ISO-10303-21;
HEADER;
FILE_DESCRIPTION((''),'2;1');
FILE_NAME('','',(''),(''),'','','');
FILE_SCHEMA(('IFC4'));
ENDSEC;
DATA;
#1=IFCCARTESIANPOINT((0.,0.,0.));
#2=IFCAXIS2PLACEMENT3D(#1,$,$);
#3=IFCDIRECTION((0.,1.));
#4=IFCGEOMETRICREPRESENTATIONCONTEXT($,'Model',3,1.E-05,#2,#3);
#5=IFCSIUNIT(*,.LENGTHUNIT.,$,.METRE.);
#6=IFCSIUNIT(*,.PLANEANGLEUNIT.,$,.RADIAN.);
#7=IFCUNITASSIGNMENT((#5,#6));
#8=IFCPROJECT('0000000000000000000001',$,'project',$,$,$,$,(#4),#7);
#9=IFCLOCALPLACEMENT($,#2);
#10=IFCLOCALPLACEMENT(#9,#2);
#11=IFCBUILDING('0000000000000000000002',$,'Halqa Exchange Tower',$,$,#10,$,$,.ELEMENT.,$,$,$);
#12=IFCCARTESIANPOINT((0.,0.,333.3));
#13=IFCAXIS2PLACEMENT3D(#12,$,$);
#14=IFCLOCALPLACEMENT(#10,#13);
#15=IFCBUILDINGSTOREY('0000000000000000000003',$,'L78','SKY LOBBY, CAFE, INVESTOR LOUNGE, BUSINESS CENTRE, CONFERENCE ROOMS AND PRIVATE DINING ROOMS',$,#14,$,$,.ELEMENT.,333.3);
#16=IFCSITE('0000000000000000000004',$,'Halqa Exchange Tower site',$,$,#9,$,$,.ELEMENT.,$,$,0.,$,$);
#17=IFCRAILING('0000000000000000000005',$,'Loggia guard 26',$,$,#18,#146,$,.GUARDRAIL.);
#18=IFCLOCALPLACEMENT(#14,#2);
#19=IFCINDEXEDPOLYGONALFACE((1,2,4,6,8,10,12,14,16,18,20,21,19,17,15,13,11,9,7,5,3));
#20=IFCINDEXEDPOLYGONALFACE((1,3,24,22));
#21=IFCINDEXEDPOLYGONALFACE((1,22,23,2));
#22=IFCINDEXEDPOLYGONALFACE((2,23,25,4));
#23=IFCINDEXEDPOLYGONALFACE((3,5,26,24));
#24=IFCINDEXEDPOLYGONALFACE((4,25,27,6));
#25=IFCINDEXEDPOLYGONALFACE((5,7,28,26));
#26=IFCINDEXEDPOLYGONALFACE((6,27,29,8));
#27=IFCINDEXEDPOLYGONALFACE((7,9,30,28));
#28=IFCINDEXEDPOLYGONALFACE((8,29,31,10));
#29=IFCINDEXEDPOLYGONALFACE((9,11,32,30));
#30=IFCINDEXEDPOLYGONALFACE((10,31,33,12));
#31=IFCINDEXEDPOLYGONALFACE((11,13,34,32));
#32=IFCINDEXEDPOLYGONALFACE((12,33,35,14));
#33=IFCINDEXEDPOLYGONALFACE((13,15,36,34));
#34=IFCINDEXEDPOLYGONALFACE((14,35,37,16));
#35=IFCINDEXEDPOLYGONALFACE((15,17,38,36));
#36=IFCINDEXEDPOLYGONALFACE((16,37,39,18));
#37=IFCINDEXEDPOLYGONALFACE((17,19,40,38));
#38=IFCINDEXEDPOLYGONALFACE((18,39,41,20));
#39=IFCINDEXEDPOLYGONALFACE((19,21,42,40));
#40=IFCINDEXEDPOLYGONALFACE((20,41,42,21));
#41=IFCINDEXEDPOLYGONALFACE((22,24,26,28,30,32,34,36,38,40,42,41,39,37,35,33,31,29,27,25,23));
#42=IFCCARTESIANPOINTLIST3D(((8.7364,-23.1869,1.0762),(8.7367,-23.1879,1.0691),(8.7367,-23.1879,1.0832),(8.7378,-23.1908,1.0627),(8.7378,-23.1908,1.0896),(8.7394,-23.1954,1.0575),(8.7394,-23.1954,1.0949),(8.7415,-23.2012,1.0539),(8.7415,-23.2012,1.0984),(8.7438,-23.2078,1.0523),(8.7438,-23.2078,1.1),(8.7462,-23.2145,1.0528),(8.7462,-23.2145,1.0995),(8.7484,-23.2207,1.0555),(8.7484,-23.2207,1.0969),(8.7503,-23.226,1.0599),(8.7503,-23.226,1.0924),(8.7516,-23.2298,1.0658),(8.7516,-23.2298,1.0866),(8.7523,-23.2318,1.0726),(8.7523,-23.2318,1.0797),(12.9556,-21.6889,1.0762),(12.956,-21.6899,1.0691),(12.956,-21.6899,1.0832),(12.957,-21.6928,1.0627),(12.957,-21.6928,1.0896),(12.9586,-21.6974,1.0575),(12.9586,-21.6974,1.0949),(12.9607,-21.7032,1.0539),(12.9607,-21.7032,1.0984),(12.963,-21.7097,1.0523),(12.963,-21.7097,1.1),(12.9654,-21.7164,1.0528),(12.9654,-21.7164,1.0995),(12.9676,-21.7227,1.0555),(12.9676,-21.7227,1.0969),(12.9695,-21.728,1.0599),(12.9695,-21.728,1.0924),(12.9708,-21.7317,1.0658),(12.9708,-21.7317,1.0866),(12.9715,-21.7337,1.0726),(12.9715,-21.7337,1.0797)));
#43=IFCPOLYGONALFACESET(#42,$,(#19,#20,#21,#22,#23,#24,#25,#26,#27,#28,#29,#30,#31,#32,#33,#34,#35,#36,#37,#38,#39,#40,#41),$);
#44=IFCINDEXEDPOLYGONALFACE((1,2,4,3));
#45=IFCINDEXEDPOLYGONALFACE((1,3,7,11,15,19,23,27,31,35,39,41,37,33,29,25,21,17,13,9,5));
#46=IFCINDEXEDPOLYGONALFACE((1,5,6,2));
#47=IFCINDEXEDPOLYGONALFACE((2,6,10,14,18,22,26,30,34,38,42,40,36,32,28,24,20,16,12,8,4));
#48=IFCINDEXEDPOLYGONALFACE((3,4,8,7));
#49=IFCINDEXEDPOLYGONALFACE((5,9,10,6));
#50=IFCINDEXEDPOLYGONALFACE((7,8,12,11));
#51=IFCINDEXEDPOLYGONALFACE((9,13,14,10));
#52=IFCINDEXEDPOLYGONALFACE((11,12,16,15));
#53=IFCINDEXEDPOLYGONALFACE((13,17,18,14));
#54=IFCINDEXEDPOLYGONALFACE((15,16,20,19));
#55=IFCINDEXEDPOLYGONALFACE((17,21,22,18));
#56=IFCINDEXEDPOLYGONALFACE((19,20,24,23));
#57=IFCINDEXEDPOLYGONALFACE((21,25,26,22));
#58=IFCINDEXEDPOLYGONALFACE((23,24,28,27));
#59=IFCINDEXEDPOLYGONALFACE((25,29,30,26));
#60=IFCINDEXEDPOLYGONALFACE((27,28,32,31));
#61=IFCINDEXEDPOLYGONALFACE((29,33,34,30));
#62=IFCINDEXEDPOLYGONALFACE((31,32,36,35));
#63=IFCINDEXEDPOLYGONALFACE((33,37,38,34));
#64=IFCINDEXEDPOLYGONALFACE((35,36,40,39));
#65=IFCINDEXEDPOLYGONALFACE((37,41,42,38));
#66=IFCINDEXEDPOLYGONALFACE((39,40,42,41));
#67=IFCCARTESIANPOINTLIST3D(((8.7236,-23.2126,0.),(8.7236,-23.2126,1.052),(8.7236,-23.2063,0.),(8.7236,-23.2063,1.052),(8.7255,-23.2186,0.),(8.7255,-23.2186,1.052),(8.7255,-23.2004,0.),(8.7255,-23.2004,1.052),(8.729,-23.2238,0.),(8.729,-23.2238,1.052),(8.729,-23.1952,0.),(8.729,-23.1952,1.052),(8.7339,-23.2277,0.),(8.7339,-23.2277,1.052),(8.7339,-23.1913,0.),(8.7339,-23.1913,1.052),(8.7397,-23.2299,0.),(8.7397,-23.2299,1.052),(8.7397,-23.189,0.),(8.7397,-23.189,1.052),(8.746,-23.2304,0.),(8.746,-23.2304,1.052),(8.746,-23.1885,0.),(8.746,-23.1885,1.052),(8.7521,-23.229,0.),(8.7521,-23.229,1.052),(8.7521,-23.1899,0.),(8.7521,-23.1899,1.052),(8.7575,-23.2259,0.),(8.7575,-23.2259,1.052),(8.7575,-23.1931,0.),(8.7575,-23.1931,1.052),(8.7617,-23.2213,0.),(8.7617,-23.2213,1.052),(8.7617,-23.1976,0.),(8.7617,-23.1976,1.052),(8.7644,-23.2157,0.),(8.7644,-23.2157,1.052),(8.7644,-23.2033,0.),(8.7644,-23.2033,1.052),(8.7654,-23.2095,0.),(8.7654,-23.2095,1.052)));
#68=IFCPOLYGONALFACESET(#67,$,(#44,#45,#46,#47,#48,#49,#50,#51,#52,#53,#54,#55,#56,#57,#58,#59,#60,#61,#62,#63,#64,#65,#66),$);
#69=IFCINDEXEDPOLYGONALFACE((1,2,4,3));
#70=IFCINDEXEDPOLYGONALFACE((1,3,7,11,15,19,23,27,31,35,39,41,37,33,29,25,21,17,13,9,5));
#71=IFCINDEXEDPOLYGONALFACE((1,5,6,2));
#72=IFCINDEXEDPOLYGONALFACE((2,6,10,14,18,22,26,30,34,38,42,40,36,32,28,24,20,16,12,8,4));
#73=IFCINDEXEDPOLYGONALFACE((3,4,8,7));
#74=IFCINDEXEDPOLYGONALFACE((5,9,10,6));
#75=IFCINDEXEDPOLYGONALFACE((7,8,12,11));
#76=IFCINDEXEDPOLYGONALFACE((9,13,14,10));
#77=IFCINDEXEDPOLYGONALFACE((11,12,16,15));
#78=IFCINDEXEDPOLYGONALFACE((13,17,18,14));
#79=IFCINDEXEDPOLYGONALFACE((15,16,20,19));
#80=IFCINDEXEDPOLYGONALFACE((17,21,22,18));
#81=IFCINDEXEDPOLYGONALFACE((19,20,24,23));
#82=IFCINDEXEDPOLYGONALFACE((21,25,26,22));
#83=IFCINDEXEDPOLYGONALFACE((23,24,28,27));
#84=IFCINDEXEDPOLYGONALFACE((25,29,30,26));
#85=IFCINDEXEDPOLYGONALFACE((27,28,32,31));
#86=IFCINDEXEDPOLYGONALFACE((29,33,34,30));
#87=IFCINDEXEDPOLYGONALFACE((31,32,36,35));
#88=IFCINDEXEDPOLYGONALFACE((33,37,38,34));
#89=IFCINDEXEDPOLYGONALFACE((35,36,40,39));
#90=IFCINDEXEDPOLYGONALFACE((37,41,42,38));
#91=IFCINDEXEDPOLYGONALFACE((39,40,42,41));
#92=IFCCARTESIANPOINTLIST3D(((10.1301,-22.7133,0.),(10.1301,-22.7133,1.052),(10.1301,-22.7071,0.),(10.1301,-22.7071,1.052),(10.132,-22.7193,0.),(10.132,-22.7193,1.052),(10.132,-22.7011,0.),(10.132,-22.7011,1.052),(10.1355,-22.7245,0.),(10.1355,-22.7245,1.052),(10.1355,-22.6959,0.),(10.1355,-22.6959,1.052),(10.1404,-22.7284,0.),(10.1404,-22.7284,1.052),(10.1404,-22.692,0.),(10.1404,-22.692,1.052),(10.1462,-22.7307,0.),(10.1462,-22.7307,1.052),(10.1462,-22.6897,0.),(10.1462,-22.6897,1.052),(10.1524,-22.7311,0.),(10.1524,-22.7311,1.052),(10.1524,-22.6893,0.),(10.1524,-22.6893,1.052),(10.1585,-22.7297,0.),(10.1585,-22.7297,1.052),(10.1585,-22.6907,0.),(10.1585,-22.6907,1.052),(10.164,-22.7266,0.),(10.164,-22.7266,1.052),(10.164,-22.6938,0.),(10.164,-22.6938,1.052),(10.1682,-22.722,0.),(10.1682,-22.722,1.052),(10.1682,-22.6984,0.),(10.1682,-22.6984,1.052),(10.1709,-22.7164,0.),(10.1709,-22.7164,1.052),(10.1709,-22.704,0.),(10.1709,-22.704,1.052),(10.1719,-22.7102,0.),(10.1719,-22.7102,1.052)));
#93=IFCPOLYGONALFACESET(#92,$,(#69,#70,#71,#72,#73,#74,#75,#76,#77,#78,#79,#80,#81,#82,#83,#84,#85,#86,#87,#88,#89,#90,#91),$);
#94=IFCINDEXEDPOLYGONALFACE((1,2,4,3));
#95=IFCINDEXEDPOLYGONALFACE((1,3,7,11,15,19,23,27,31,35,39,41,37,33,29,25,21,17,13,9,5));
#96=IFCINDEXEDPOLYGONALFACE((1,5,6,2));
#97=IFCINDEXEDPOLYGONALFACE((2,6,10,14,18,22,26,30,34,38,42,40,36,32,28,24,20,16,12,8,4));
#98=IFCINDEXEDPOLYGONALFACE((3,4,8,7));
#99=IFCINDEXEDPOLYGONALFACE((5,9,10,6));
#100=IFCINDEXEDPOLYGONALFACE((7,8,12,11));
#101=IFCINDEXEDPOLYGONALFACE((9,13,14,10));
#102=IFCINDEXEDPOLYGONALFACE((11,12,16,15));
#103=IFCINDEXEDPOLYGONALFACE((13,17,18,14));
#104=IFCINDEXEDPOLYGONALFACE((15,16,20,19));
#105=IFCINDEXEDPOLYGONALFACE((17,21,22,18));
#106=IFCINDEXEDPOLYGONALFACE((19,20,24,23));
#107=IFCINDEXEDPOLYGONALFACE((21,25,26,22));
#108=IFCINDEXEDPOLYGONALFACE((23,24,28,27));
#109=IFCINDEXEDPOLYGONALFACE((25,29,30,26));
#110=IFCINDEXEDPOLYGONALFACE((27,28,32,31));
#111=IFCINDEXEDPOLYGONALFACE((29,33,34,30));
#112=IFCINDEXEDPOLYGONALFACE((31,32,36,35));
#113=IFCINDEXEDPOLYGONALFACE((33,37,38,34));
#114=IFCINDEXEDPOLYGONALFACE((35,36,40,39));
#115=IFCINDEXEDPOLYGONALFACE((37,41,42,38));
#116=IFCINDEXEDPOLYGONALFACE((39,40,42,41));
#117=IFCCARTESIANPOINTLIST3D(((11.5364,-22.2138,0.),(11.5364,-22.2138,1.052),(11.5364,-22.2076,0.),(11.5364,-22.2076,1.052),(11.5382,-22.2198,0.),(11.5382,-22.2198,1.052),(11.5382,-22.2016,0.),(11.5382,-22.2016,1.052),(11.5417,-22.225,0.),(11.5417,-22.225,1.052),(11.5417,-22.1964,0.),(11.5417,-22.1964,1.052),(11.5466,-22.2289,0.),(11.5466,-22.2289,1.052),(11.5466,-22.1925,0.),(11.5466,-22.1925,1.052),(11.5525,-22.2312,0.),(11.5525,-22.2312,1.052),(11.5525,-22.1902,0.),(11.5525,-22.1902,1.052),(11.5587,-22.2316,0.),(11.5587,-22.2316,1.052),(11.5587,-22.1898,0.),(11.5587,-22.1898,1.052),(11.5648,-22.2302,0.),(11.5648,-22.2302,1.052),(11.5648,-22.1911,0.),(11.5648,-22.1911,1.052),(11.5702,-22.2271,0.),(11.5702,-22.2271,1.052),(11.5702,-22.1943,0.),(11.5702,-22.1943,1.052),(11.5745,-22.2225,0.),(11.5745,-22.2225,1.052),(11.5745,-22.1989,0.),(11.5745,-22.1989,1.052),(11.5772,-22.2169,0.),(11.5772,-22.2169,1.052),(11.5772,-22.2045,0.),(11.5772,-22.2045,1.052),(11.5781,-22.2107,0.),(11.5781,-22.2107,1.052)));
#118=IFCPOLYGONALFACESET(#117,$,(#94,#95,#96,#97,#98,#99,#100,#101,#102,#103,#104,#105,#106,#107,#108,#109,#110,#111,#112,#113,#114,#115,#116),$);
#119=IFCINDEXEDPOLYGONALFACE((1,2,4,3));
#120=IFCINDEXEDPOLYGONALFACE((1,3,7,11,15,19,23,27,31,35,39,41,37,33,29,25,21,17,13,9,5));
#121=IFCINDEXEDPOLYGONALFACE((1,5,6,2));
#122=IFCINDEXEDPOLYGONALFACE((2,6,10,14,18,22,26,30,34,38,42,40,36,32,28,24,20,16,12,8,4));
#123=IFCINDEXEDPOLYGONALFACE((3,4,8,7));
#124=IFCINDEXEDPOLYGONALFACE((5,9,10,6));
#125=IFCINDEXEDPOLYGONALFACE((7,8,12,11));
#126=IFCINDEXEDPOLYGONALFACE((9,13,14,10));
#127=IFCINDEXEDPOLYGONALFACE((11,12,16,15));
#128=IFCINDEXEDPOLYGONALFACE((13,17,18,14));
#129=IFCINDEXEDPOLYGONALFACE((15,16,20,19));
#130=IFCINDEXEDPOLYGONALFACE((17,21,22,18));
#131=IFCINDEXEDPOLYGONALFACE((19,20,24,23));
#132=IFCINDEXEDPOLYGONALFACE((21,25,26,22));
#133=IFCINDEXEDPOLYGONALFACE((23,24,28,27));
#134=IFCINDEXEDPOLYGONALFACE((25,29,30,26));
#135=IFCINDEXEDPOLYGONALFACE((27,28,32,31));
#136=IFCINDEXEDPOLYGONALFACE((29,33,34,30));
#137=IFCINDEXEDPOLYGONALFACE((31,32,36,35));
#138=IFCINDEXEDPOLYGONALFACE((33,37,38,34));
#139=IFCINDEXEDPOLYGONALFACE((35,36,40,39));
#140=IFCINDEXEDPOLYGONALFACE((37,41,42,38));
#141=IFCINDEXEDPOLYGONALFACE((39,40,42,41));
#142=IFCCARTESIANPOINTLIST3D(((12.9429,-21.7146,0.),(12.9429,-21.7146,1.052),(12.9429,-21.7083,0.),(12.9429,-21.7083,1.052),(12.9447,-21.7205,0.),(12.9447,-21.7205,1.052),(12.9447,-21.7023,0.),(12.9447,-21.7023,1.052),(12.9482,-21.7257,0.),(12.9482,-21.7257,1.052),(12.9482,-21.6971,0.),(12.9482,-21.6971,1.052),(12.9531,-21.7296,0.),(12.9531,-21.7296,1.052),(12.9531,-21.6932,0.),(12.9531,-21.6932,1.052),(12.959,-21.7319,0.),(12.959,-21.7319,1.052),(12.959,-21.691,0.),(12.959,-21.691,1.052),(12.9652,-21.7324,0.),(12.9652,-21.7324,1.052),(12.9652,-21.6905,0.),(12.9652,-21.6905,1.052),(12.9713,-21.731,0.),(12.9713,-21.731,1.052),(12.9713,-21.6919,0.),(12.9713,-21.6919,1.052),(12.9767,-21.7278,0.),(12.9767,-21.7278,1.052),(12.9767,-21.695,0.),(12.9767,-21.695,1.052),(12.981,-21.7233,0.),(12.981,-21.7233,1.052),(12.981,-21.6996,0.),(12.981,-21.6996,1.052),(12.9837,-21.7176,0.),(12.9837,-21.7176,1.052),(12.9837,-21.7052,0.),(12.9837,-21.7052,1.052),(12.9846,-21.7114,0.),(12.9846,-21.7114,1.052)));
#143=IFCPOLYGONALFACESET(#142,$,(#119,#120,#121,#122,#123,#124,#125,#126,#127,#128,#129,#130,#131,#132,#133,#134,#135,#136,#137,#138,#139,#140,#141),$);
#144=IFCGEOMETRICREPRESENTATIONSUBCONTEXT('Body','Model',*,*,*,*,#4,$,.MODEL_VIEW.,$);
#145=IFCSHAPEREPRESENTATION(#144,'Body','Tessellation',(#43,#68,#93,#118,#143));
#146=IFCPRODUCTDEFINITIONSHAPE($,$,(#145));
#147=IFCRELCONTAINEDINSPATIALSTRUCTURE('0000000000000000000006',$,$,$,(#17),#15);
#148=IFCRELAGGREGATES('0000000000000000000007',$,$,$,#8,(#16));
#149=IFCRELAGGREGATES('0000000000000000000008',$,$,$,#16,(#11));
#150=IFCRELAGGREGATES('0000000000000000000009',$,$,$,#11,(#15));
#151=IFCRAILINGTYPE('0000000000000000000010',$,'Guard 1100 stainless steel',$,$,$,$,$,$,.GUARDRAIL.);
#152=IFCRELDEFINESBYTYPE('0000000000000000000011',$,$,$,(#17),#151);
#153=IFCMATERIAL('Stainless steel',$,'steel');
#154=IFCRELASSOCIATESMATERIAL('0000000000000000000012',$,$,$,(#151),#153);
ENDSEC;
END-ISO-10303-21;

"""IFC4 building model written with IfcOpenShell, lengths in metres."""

from ifc_helpers import new_model, si_unit, direction, frame, origin, origin_2d, place, context, subcontext, project, spatial, circle, extrude, material, type_object, element, save


model = new_model("IFC4")

# Units and contexts
model_context = context("Model", 3, precision=1e-05, world=origin(), true_north=direction((0.0, 1.0)))
body_context = subcontext(model_context, "Body", "Model", "MODEL_VIEW")
ifc_project = project(units=[si_unit("LENGTHUNIT", "METRE"), si_unit("PLANEANGLEUNIT", "RADIAN")], contexts=[model_context])

# Site, building, storey
site_placement = place(None, origin())
site = spatial("IfcSite", under=ifc_project, at=site_placement, Name="Halqa Exchange Tower site", CompositionType="ELEMENT", RefElevation=0.0)
building_placement = place(site_placement, origin())
building = spatial("IfcBuilding", under=site, at=building_placement, Name="Halqa Exchange Tower", CompositionType="ELEMENT")
storey_placement = place(building_placement, frame((0.0, 0.0, 333.3)))
storey = spatial("IfcBuildingStorey", under=building, at=storey_placement, Name="L78", Description="SKY LOBBY, CAFE, INVESTOR LOUNGE, BUSINESS CENTRE, CONFERENCE ROOMS AND PRIVATE DINING ROOMS", CompositionType="ELEMENT", Elevation=333.3)

# Railing
ifc_material_1 = material(Name="Stainless steel", Category="steel")
railing_type = type_object("IfcRailingType", Name="Guard 1100 stainless steel", PredefinedType="GUARDRAIL", material=ifc_material_1)
railing_1_placement = place(storey_placement, frame((8.7444, -23.2095, 0.0)))
element("IfcRailing", 1, at=railing_1_placement, inside=storey, type_object=railing_type, Name="Loggia guard 26", PredefinedType="GUARDRAIL", context=body_context, shape_type="SweptSolid", body=[
    extrude(circle(Radius=0.0239, at=origin_2d()), frame((0.0, 0.0, 1.0762), z_axis=(0.942365, 0.334588, 0.0), x_axis=(-0.334588, 0.942365, 0.0)), (0.0, 0.0, 1.0), 4.4773),
    extrude(circle(Radius=0.021, at=origin_2d()), origin(), (0.0, 0.0, 1.0), 1.052),
    extrude(circle(Radius=0.021, at=origin_2d()), frame((1.4065, 0.4993, 0.0)), (0.0, 0.0, 1.0), 1.052),
    extrude(circle(Radius=0.021, at=origin_2d()), frame((2.8127, 0.9988, 0.0)), (0.0, 0.0, 1.0), 1.052),
    extrude(circle(Radius=0.021, at=origin_2d()), frame((4.2192, 1.498, 0.0)), (0.0, 0.0, 1.0), 1.052),
])

save(model, "model.ifc")
